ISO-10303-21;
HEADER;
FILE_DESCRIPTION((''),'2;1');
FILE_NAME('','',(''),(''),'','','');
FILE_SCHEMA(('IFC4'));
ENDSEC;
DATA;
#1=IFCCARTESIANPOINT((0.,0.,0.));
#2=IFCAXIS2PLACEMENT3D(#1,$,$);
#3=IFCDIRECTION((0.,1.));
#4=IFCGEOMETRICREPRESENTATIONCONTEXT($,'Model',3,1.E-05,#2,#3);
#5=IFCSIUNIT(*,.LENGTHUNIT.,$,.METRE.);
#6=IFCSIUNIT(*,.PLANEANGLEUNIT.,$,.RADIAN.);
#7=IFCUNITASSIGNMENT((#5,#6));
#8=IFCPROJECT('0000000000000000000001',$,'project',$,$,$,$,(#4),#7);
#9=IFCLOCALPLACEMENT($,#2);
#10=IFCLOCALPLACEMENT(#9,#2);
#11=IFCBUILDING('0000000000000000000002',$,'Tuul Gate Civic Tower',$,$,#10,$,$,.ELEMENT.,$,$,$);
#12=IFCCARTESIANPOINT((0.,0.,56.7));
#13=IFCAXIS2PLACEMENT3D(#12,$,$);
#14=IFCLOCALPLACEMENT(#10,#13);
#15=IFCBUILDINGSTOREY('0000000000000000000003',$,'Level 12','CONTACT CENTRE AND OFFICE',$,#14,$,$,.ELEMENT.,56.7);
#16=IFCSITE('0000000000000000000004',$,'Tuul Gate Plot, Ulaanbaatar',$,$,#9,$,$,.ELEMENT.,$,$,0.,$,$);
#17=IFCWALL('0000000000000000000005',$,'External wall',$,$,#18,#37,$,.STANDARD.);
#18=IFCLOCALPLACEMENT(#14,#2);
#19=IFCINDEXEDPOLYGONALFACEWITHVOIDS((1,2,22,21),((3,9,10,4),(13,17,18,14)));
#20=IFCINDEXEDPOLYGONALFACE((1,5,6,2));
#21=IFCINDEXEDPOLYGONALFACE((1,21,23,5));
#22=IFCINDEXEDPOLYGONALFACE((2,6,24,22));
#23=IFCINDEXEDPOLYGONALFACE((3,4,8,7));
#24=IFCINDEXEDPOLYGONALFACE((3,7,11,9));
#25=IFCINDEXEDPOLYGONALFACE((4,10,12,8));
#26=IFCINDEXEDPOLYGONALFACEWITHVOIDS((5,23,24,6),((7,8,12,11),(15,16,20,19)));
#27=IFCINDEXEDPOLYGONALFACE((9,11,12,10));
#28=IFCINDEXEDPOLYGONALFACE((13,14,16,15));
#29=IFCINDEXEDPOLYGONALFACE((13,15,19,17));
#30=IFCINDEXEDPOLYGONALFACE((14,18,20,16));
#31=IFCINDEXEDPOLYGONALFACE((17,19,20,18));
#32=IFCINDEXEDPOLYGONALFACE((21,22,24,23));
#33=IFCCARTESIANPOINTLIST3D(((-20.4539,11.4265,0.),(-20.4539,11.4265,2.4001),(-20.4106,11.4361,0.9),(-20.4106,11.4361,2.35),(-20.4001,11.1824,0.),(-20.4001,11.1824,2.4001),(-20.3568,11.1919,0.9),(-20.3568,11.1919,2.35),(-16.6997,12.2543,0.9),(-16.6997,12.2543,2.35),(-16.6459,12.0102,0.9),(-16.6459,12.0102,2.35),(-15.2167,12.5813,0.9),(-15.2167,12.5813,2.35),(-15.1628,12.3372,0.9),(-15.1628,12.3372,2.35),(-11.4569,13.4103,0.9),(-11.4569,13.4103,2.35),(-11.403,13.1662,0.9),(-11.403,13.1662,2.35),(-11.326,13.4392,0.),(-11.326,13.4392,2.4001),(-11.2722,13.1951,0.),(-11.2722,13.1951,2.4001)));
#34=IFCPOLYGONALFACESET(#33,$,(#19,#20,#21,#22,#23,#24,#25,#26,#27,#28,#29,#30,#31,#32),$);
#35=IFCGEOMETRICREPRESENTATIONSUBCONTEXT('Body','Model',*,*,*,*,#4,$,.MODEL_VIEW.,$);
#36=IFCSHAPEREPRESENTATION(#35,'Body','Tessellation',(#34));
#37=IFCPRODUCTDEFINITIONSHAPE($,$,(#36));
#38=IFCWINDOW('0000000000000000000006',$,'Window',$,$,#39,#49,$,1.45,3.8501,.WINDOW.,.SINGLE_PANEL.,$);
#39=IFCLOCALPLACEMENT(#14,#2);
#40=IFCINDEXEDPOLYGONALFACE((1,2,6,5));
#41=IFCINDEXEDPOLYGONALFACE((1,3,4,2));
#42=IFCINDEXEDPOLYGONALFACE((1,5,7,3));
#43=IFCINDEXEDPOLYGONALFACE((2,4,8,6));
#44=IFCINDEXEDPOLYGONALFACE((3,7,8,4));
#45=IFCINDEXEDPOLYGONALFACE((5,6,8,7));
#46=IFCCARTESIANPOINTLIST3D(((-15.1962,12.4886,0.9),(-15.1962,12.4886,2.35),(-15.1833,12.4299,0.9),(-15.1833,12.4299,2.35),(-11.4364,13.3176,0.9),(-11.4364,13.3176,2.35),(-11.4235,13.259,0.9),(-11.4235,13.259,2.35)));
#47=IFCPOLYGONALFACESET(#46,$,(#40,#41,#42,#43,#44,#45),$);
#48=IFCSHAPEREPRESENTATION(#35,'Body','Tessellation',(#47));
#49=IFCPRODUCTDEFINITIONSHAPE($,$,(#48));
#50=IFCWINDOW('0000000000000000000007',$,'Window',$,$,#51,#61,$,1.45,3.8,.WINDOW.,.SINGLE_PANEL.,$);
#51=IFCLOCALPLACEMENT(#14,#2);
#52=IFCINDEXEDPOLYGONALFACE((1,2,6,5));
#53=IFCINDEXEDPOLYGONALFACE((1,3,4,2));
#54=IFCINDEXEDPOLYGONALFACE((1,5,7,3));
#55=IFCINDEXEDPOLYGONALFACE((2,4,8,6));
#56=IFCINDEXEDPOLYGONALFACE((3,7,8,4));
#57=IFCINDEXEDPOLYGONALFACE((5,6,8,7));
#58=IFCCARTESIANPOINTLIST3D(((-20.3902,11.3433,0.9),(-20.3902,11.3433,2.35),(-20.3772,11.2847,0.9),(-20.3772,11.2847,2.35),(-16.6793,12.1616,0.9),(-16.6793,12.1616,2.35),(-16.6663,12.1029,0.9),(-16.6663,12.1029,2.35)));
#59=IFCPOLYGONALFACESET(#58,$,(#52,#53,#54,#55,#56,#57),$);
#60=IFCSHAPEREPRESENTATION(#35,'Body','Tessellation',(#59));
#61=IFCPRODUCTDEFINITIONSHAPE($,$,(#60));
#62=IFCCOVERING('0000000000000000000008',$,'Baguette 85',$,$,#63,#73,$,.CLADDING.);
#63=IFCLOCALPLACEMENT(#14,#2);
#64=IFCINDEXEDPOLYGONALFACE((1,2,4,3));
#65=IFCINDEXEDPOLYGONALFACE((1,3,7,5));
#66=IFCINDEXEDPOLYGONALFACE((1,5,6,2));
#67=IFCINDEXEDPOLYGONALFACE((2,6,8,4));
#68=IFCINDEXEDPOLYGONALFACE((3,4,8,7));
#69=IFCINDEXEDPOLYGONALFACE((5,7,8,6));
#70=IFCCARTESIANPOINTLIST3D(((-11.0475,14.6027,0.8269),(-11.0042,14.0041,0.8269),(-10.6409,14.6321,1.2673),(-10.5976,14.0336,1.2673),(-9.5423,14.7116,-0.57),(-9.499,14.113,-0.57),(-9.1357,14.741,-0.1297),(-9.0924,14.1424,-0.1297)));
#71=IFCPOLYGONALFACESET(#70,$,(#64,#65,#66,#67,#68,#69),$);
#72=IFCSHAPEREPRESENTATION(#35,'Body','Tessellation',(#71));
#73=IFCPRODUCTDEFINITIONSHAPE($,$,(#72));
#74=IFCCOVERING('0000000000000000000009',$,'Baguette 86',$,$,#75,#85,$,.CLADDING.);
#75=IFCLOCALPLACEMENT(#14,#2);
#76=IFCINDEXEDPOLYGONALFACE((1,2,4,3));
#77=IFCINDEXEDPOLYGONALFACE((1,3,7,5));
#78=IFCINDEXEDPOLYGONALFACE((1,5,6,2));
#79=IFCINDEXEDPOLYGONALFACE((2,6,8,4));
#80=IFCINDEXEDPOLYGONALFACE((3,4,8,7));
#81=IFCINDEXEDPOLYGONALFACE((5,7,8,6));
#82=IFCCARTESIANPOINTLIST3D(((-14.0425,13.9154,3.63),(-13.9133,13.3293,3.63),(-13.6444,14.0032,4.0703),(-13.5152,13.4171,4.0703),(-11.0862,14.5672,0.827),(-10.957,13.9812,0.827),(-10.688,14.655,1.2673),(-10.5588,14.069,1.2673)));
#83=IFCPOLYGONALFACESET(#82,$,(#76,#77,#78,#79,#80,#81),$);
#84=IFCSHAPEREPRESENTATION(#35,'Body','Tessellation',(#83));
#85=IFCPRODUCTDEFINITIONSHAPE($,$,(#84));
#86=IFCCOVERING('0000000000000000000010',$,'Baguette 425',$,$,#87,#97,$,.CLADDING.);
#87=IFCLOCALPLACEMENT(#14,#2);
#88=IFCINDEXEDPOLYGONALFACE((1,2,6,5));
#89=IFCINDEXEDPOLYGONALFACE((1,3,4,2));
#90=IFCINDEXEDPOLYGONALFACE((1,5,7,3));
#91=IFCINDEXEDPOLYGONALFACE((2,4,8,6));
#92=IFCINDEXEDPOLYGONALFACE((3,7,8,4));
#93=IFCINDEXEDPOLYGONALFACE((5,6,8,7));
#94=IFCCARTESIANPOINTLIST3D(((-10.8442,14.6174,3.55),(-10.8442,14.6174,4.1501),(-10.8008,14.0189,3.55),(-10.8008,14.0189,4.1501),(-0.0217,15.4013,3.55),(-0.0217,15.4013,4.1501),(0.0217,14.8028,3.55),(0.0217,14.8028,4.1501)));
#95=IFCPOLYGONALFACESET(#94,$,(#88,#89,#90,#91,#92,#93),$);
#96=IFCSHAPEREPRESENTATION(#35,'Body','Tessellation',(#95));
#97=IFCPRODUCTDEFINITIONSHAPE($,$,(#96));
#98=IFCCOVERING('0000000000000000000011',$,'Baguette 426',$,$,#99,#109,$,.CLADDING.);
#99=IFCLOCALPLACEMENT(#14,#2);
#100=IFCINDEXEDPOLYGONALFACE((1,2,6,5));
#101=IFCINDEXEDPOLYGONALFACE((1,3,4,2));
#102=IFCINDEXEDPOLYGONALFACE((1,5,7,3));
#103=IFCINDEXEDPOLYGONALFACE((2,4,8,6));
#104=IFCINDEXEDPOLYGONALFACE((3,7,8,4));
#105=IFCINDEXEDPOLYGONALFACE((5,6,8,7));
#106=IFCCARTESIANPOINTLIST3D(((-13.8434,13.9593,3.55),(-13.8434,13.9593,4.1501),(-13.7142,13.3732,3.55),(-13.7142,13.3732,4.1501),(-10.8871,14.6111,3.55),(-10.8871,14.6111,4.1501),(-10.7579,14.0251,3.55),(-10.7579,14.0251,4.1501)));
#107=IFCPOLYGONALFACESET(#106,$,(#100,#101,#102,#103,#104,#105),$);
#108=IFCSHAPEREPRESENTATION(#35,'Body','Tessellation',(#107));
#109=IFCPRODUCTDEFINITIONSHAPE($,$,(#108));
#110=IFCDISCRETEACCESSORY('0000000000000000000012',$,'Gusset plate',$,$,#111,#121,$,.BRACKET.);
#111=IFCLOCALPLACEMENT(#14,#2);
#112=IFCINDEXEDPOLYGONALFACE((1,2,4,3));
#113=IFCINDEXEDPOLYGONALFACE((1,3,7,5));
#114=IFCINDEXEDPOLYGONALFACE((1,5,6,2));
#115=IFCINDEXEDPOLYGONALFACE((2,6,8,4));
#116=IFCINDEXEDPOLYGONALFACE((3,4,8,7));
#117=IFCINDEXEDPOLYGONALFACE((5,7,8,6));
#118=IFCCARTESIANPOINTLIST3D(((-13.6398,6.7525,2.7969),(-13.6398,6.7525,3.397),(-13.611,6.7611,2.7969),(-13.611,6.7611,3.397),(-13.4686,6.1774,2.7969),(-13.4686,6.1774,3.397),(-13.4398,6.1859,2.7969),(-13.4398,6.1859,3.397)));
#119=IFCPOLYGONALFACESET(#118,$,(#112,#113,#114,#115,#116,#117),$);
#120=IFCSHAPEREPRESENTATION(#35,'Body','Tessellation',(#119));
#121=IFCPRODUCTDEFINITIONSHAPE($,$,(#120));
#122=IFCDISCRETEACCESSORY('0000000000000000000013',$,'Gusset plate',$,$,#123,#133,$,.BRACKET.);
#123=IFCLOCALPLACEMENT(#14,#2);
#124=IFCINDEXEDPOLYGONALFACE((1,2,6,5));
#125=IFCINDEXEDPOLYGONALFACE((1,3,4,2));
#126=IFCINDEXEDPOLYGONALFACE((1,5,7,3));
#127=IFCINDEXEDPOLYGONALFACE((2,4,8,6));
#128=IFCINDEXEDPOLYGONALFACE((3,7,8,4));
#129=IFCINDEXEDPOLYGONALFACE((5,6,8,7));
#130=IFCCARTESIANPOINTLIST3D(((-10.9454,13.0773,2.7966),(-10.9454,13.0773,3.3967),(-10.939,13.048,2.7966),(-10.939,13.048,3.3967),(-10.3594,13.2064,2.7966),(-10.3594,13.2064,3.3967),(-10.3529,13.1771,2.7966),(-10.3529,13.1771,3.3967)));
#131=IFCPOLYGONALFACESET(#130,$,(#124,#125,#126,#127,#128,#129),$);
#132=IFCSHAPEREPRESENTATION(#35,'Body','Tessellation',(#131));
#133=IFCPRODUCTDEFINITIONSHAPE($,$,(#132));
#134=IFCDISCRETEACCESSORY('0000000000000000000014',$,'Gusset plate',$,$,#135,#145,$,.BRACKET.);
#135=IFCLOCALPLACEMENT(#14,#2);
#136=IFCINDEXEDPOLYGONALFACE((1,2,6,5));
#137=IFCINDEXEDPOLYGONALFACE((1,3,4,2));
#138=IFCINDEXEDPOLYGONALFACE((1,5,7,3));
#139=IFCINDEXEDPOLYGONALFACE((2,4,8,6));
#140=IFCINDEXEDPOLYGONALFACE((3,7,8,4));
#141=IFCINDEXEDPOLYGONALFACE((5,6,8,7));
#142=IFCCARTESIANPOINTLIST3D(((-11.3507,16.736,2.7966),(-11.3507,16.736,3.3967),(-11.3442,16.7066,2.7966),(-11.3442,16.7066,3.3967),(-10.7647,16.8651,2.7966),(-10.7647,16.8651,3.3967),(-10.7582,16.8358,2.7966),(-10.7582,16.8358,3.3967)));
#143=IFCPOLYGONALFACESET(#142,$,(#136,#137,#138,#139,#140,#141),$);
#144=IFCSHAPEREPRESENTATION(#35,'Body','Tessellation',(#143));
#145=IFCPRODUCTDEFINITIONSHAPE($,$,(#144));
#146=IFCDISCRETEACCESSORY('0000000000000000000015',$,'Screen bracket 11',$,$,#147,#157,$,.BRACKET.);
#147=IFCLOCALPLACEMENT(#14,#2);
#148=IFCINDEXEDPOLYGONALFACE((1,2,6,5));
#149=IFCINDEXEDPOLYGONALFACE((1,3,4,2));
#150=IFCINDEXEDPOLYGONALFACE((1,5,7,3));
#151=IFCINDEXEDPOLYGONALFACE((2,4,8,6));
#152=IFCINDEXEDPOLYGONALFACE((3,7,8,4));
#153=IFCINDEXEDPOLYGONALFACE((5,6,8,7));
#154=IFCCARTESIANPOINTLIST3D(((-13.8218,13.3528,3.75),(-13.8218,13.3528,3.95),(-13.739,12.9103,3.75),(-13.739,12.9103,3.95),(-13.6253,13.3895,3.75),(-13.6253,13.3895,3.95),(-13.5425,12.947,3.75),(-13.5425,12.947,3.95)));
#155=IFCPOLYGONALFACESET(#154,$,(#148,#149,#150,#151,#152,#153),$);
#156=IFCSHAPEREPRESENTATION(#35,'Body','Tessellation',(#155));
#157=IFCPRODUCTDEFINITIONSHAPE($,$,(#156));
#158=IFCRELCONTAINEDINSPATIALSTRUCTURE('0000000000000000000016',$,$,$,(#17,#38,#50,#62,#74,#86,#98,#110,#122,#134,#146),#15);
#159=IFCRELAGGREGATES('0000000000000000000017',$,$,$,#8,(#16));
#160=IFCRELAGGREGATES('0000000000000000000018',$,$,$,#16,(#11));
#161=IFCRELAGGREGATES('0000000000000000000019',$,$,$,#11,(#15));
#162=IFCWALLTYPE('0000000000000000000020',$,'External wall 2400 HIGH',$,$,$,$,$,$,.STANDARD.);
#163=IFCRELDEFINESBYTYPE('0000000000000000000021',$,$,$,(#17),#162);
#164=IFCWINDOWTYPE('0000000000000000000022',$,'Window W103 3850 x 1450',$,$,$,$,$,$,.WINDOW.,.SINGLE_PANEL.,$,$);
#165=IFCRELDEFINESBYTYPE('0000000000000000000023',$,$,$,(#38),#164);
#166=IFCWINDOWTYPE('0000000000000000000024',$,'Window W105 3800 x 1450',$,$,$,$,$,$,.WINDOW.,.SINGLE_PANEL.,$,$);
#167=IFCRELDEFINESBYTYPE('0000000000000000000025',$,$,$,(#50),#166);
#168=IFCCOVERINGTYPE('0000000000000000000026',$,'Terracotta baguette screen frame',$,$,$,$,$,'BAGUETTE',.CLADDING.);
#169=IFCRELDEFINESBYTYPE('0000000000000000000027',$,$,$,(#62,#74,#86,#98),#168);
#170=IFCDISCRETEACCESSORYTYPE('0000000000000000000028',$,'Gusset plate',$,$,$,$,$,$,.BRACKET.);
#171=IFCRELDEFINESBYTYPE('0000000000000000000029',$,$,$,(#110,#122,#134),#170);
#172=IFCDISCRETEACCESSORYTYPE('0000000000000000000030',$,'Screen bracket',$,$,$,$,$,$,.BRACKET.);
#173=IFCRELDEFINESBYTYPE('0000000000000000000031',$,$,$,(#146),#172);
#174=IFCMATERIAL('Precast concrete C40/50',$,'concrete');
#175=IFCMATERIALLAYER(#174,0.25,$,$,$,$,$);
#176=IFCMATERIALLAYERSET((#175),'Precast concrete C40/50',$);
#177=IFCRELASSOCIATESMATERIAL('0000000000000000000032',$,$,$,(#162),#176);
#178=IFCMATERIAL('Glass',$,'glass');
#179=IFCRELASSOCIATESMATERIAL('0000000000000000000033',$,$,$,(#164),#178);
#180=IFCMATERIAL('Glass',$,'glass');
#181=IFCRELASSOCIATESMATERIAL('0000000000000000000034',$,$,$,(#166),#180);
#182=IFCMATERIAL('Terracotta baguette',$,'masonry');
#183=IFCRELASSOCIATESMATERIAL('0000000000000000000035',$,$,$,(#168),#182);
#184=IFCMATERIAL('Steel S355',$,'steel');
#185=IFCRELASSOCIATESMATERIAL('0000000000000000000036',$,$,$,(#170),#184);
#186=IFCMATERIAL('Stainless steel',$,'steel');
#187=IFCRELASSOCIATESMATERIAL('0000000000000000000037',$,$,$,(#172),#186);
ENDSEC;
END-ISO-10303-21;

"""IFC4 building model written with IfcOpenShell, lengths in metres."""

from ifc_helpers import new_model, si_unit, direction, frame, frame_2d, origin, origin_2d, place, context, subcontext, project, spatial, rectangle, extrude, material, layer, layer_set, material_profile, profile_set, type_object, element, fill, save


model = new_model("IFC4")

# Units and contexts
model_context = context("Model", 3, precision=1e-05, world=origin(), true_north=direction((0.0, 1.0)))
body_context = subcontext(model_context, "Body", "Model", "MODEL_VIEW")
ifc_project = project(units=[si_unit("LENGTHUNIT", "METRE"), si_unit("PLANEANGLEUNIT", "RADIAN")], contexts=[model_context])

# Site, building, storey
site_placement = place(None, origin())
site = spatial("IfcSite", under=ifc_project, at=site_placement, Name="Tuul Gate Plot, Ulaanbaatar", CompositionType="ELEMENT", RefElevation=0.0)
building_placement = place(site_placement, origin())
building = spatial("IfcBuilding", under=site, at=building_placement, Name="Tuul Gate Civic Tower", CompositionType="ELEMENT")
storey_placement = place(building_placement, frame((0.0, 0.0, 56.7)))
storey = spatial("IfcBuildingStorey", under=building, at=storey_placement, Name="Level 12", Description="CONTACT CENTRE AND OFFICE", CompositionType="ELEMENT", Elevation=56.7)

# Wall, openings, windows
ifc_material_1 = material(Name="Precast concrete C40/50", Category="concrete")
ifc_layer_1 = layer(ifc_material_1, 0.25)
ifc_layer_set_1 = layer_set([ifc_layer_1], Name="Precast concrete C40/50")
wall_type_1 = type_object("IfcWallType", Name="External wall 2400 HIGH", PredefinedType="STANDARD", material=ifc_layer_set_1)
ifc_material_2 = material(Name="Glass", Category="glass")
window_type_1 = type_object("IfcWindowType", Name="Window W103 3850 x 1450", PartitioningType="SINGLE_PANEL", PredefinedType="WINDOW", material=ifc_material_2)
wall_1_placement = place(storey_placement, frame((-11.2991, 13.3171, 0.0), z_axis=(0.0, 0.0, 1.0), x_axis=(-0.976542, -0.215326, 0.0)))
wall_1 = element("IfcWall", 1, at=wall_1_placement, inside=storey, type_object=wall_type_1, Name="External wall", PredefinedType="STANDARD", context=body_context, shape_type="SweptSolid", body=[
    extrude(rectangle(XDim=9.3472, YDim=0.25, at=frame_2d((4.6736, 0.0))), origin(), (0.0, 0.0, 1.0), 2.4001),
])
opening_1_placement = place(wall_1_placement, frame((0.134, 0.0, 0.8999)))
opening_1 = element("IfcOpeningElement", 2, at=opening_1_placement, cuts=wall_1, PredefinedType="OPENING", context=body_context, shape_type="SweptSolid", body=[
    extrude(rectangle(XDim=3.8501, YDim=1.45, at=frame_2d((1.925, 0.7251))), frame((0.0, 0.135, 0.0), z_axis=(0.0, -1.0, 0.0), x_axis=(1.0, 0.0, 0.0)), (0.0, 0.0, 1.0), 0.27),
])
opening_2_placement = place(wall_1_placement, frame((5.5029, 0.0, 0.8999)))
opening_2 = element("IfcOpeningElement", 3, at=opening_2_placement, cuts=wall_1, PredefinedType="OPENING", context=body_context, shape_type="SweptSolid", body=[
    extrude(rectangle(XDim=3.8, YDim=1.45, at=frame_2d((1.8999, 0.7251))), frame((0.0, 0.135, 0.0), z_axis=(0.0, -1.0, 0.0), x_axis=(1.0, 0.0, 0.0)), (0.0, 0.0, 1.0), 0.27),
])
window_1_placement = place(opening_1_placement, origin())
window_1 = element("IfcWindow", 4, at=window_1_placement, inside=storey, type_object=window_type_1, Name="Window", OverallHeight=1.45, OverallWidth=3.8501, PartitioningType="SINGLE_PANEL", PredefinedType="WINDOW", context=body_context, shape_type="SweptSolid", body=[
    extrude(rectangle(XDim=3.8501, YDim=1.45, at=frame_2d((1.925, 0.7251))), frame((0.0, 0.03, 0.0), z_axis=(0.0, -1.0, 0.0), x_axis=(1.0, 0.0, 0.0)), (0.0, 0.0, 1.0), 0.0601),
])
fill(opening_1, window_1)
ifc_material_3 = material(Name="Glass", Category="glass")
window_type_2 = type_object("IfcWindowType", Name="Window W105 3800 x 1450", PartitioningType="SINGLE_PANEL", PredefinedType="WINDOW", material=ifc_material_3)
window_2_placement = place(opening_2_placement, origin())
window_2 = element("IfcWindow", 5, at=window_2_placement, inside=storey, type_object=window_type_2, Name="Window", OverallHeight=1.45, OverallWidth=3.8, PartitioningType="SINGLE_PANEL", PredefinedType="WINDOW", context=body_context, shape_type="SweptSolid", body=[
    extrude(rectangle(XDim=3.8, YDim=1.45, at=frame_2d((1.8999, 0.7251))), frame((0.0, 0.03, 0.0), z_axis=(0.0, -1.0, 0.0), x_axis=(1.0, 0.0, 0.0)), (0.0, 0.0, 1.0), 0.0601),
])
fill(opening_2, window_2)

# Coverings
ifc_material_4 = material(Name="Terracotta baguette", Category="masonry")
ifc_material_profile_1 = material_profile(ifc_material_4, rectangle(XDim=0.6001, YDim=0.6001, at=origin_2d()), Name="Terracotta baguette screen frame")
ifc_profile_set_1 = profile_set([ifc_material_profile_1], Name="Terracotta baguette")
covering_type = type_object("IfcCoveringType", Name="Terracotta baguette screen frame", ElementType="BAGUETTE", PredefinedType="CLADDING", material=ifc_profile_set_1)
covering_1_placement = place(storey_placement, frame((-9.3174, 14.427, -0.3499), z_axis=(-0.731922, -0.05295, 0.679328), x_axis=(0.072155, -0.997393, 0.0)))
element("IfcCovering", 6, at=covering_1_placement, inside=storey, type_object=covering_type, Name="Baguette 85", PredefinedType="CLADDING", context=body_context, shape_type="SweptSolid", body=[
    extrude(rectangle(XDim=0.6001, YDim=0.6001, at=origin_2d()), origin(), (0.0, 0.0, 1.0), 2.0564),
])
covering_2_placement = place(storey_placement, frame((-10.8225, 14.3181, 1.0471), z_axis=(-0.716559, -0.157999, 0.679397), x_axis=(0.215325, -0.976542, 0.0)))
element("IfcCovering", 7, at=covering_2_placement, inside=storey, type_object=covering_type, Name="Baguette 86", PredefinedType="CLADDING", context=body_context, shape_type="SweptSolid", body=[
    extrude(rectangle(XDim=0.6001, YDim=0.6001, at=origin_2d()), origin(), (0.0, 0.0, 1.0), 4.1257),
])
covering_3_placement = place(storey_placement, frame((0.0, 15.1021, 3.8501), z_axis=(-0.997387, -0.072246, 0.0), x_axis=(0.072246, -0.997387, 0.0)))
element("IfcCovering", 8, at=covering_3_placement, inside=storey, type_object=covering_type, Name="Baguette 425", PredefinedType="CLADDING", context=body_context, shape_type="SweptSolid", body=[
    extrude(rectangle(XDim=0.6001, YDim=0.6001, at=origin_2d()), origin(), (0.0, 0.0, 1.0), 10.8508),
])
covering_4_placement = place(storey_placement, frame((-10.8225, 14.3181, 3.8501), z_axis=(-0.976542, -0.215325, 0.0), x_axis=(0.215325, -0.976542, 0.0)))
element("IfcCovering", 9, at=covering_4_placement, inside=storey, type_object=covering_type, Name="Baguette 426", PredefinedType="CLADDING", context=body_context, shape_type="SweptSolid", body=[
    extrude(rectangle(XDim=0.6001, YDim=0.6001, at=origin_2d()), origin(), (0.0, 0.0, 1.0), 3.0273),
])

# Discrete accessories
ifc_material_5 = material(Name="Steel S355", Category="steel")
discrete_accessory_type_1 = type_object("IfcDiscreteAccessoryType", Name="Gusset plate", PredefinedType="BRACKET", material=ifc_material_5)
for number, where, z_axis, x_axis, name in (
    (10, (-13.5398, 6.4692, 2.7969), (0.0, 0.0, 1.0), (-0.285225, 0.958461, 0.0), "Gusset plate"),
    (11, (-10.6492, 13.1272, 2.7966), (0.0, 0.0, 1.0), (-0.976569, -0.215205, 0.0), "Gusset plate"),
    (12, (-11.0544, 16.7859, 2.7966), (0.0, 0.0, 1.0), (0.976565, 0.215224, 0.0), "Gusset plate"),
):
    element("IfcDiscreteAccessory", number, at=place(storey_placement, frame(where, z_axis=z_axis, x_axis=x_axis)), inside=storey, type_object=discrete_accessory_type_1, Name=name, PredefinedType="BRACKET", context=body_context, shape_type="SweptSolid", body=[
        extrude(rectangle(XDim=0.6001, YDim=0.03, at=origin_2d()), origin(), (0.0, 0.0, 1.0), 0.6001),
    ])
ifc_material_6 = material(Name="Stainless steel", Category="steel")
discrete_accessory_type_2 = type_object("IfcDiscreteAccessoryType", Name="Screen bracket", PredefinedType="BRACKET", material=ifc_material_6)
discrete_accessory_placement = place(storey_placement, frame((-13.6821, 13.1499, 3.75), z_axis=(0.0, 0.0, 1.0), x_axis=(-0.183891, 0.982947, 0.0)))
element("IfcDiscreteAccessory", 13, at=discrete_accessory_placement, inside=storey, type_object=discrete_accessory_type_2, Name="Screen bracket 11", PredefinedType="BRACKET", context=body_context, shape_type="SweptSolid", body=[
    extrude(rectangle(XDim=0.4502, YDim=0.2, at=origin_2d()), origin(), (0.0, 0.0, 1.0), 0.2),
])

save(model, "model.ifc")
